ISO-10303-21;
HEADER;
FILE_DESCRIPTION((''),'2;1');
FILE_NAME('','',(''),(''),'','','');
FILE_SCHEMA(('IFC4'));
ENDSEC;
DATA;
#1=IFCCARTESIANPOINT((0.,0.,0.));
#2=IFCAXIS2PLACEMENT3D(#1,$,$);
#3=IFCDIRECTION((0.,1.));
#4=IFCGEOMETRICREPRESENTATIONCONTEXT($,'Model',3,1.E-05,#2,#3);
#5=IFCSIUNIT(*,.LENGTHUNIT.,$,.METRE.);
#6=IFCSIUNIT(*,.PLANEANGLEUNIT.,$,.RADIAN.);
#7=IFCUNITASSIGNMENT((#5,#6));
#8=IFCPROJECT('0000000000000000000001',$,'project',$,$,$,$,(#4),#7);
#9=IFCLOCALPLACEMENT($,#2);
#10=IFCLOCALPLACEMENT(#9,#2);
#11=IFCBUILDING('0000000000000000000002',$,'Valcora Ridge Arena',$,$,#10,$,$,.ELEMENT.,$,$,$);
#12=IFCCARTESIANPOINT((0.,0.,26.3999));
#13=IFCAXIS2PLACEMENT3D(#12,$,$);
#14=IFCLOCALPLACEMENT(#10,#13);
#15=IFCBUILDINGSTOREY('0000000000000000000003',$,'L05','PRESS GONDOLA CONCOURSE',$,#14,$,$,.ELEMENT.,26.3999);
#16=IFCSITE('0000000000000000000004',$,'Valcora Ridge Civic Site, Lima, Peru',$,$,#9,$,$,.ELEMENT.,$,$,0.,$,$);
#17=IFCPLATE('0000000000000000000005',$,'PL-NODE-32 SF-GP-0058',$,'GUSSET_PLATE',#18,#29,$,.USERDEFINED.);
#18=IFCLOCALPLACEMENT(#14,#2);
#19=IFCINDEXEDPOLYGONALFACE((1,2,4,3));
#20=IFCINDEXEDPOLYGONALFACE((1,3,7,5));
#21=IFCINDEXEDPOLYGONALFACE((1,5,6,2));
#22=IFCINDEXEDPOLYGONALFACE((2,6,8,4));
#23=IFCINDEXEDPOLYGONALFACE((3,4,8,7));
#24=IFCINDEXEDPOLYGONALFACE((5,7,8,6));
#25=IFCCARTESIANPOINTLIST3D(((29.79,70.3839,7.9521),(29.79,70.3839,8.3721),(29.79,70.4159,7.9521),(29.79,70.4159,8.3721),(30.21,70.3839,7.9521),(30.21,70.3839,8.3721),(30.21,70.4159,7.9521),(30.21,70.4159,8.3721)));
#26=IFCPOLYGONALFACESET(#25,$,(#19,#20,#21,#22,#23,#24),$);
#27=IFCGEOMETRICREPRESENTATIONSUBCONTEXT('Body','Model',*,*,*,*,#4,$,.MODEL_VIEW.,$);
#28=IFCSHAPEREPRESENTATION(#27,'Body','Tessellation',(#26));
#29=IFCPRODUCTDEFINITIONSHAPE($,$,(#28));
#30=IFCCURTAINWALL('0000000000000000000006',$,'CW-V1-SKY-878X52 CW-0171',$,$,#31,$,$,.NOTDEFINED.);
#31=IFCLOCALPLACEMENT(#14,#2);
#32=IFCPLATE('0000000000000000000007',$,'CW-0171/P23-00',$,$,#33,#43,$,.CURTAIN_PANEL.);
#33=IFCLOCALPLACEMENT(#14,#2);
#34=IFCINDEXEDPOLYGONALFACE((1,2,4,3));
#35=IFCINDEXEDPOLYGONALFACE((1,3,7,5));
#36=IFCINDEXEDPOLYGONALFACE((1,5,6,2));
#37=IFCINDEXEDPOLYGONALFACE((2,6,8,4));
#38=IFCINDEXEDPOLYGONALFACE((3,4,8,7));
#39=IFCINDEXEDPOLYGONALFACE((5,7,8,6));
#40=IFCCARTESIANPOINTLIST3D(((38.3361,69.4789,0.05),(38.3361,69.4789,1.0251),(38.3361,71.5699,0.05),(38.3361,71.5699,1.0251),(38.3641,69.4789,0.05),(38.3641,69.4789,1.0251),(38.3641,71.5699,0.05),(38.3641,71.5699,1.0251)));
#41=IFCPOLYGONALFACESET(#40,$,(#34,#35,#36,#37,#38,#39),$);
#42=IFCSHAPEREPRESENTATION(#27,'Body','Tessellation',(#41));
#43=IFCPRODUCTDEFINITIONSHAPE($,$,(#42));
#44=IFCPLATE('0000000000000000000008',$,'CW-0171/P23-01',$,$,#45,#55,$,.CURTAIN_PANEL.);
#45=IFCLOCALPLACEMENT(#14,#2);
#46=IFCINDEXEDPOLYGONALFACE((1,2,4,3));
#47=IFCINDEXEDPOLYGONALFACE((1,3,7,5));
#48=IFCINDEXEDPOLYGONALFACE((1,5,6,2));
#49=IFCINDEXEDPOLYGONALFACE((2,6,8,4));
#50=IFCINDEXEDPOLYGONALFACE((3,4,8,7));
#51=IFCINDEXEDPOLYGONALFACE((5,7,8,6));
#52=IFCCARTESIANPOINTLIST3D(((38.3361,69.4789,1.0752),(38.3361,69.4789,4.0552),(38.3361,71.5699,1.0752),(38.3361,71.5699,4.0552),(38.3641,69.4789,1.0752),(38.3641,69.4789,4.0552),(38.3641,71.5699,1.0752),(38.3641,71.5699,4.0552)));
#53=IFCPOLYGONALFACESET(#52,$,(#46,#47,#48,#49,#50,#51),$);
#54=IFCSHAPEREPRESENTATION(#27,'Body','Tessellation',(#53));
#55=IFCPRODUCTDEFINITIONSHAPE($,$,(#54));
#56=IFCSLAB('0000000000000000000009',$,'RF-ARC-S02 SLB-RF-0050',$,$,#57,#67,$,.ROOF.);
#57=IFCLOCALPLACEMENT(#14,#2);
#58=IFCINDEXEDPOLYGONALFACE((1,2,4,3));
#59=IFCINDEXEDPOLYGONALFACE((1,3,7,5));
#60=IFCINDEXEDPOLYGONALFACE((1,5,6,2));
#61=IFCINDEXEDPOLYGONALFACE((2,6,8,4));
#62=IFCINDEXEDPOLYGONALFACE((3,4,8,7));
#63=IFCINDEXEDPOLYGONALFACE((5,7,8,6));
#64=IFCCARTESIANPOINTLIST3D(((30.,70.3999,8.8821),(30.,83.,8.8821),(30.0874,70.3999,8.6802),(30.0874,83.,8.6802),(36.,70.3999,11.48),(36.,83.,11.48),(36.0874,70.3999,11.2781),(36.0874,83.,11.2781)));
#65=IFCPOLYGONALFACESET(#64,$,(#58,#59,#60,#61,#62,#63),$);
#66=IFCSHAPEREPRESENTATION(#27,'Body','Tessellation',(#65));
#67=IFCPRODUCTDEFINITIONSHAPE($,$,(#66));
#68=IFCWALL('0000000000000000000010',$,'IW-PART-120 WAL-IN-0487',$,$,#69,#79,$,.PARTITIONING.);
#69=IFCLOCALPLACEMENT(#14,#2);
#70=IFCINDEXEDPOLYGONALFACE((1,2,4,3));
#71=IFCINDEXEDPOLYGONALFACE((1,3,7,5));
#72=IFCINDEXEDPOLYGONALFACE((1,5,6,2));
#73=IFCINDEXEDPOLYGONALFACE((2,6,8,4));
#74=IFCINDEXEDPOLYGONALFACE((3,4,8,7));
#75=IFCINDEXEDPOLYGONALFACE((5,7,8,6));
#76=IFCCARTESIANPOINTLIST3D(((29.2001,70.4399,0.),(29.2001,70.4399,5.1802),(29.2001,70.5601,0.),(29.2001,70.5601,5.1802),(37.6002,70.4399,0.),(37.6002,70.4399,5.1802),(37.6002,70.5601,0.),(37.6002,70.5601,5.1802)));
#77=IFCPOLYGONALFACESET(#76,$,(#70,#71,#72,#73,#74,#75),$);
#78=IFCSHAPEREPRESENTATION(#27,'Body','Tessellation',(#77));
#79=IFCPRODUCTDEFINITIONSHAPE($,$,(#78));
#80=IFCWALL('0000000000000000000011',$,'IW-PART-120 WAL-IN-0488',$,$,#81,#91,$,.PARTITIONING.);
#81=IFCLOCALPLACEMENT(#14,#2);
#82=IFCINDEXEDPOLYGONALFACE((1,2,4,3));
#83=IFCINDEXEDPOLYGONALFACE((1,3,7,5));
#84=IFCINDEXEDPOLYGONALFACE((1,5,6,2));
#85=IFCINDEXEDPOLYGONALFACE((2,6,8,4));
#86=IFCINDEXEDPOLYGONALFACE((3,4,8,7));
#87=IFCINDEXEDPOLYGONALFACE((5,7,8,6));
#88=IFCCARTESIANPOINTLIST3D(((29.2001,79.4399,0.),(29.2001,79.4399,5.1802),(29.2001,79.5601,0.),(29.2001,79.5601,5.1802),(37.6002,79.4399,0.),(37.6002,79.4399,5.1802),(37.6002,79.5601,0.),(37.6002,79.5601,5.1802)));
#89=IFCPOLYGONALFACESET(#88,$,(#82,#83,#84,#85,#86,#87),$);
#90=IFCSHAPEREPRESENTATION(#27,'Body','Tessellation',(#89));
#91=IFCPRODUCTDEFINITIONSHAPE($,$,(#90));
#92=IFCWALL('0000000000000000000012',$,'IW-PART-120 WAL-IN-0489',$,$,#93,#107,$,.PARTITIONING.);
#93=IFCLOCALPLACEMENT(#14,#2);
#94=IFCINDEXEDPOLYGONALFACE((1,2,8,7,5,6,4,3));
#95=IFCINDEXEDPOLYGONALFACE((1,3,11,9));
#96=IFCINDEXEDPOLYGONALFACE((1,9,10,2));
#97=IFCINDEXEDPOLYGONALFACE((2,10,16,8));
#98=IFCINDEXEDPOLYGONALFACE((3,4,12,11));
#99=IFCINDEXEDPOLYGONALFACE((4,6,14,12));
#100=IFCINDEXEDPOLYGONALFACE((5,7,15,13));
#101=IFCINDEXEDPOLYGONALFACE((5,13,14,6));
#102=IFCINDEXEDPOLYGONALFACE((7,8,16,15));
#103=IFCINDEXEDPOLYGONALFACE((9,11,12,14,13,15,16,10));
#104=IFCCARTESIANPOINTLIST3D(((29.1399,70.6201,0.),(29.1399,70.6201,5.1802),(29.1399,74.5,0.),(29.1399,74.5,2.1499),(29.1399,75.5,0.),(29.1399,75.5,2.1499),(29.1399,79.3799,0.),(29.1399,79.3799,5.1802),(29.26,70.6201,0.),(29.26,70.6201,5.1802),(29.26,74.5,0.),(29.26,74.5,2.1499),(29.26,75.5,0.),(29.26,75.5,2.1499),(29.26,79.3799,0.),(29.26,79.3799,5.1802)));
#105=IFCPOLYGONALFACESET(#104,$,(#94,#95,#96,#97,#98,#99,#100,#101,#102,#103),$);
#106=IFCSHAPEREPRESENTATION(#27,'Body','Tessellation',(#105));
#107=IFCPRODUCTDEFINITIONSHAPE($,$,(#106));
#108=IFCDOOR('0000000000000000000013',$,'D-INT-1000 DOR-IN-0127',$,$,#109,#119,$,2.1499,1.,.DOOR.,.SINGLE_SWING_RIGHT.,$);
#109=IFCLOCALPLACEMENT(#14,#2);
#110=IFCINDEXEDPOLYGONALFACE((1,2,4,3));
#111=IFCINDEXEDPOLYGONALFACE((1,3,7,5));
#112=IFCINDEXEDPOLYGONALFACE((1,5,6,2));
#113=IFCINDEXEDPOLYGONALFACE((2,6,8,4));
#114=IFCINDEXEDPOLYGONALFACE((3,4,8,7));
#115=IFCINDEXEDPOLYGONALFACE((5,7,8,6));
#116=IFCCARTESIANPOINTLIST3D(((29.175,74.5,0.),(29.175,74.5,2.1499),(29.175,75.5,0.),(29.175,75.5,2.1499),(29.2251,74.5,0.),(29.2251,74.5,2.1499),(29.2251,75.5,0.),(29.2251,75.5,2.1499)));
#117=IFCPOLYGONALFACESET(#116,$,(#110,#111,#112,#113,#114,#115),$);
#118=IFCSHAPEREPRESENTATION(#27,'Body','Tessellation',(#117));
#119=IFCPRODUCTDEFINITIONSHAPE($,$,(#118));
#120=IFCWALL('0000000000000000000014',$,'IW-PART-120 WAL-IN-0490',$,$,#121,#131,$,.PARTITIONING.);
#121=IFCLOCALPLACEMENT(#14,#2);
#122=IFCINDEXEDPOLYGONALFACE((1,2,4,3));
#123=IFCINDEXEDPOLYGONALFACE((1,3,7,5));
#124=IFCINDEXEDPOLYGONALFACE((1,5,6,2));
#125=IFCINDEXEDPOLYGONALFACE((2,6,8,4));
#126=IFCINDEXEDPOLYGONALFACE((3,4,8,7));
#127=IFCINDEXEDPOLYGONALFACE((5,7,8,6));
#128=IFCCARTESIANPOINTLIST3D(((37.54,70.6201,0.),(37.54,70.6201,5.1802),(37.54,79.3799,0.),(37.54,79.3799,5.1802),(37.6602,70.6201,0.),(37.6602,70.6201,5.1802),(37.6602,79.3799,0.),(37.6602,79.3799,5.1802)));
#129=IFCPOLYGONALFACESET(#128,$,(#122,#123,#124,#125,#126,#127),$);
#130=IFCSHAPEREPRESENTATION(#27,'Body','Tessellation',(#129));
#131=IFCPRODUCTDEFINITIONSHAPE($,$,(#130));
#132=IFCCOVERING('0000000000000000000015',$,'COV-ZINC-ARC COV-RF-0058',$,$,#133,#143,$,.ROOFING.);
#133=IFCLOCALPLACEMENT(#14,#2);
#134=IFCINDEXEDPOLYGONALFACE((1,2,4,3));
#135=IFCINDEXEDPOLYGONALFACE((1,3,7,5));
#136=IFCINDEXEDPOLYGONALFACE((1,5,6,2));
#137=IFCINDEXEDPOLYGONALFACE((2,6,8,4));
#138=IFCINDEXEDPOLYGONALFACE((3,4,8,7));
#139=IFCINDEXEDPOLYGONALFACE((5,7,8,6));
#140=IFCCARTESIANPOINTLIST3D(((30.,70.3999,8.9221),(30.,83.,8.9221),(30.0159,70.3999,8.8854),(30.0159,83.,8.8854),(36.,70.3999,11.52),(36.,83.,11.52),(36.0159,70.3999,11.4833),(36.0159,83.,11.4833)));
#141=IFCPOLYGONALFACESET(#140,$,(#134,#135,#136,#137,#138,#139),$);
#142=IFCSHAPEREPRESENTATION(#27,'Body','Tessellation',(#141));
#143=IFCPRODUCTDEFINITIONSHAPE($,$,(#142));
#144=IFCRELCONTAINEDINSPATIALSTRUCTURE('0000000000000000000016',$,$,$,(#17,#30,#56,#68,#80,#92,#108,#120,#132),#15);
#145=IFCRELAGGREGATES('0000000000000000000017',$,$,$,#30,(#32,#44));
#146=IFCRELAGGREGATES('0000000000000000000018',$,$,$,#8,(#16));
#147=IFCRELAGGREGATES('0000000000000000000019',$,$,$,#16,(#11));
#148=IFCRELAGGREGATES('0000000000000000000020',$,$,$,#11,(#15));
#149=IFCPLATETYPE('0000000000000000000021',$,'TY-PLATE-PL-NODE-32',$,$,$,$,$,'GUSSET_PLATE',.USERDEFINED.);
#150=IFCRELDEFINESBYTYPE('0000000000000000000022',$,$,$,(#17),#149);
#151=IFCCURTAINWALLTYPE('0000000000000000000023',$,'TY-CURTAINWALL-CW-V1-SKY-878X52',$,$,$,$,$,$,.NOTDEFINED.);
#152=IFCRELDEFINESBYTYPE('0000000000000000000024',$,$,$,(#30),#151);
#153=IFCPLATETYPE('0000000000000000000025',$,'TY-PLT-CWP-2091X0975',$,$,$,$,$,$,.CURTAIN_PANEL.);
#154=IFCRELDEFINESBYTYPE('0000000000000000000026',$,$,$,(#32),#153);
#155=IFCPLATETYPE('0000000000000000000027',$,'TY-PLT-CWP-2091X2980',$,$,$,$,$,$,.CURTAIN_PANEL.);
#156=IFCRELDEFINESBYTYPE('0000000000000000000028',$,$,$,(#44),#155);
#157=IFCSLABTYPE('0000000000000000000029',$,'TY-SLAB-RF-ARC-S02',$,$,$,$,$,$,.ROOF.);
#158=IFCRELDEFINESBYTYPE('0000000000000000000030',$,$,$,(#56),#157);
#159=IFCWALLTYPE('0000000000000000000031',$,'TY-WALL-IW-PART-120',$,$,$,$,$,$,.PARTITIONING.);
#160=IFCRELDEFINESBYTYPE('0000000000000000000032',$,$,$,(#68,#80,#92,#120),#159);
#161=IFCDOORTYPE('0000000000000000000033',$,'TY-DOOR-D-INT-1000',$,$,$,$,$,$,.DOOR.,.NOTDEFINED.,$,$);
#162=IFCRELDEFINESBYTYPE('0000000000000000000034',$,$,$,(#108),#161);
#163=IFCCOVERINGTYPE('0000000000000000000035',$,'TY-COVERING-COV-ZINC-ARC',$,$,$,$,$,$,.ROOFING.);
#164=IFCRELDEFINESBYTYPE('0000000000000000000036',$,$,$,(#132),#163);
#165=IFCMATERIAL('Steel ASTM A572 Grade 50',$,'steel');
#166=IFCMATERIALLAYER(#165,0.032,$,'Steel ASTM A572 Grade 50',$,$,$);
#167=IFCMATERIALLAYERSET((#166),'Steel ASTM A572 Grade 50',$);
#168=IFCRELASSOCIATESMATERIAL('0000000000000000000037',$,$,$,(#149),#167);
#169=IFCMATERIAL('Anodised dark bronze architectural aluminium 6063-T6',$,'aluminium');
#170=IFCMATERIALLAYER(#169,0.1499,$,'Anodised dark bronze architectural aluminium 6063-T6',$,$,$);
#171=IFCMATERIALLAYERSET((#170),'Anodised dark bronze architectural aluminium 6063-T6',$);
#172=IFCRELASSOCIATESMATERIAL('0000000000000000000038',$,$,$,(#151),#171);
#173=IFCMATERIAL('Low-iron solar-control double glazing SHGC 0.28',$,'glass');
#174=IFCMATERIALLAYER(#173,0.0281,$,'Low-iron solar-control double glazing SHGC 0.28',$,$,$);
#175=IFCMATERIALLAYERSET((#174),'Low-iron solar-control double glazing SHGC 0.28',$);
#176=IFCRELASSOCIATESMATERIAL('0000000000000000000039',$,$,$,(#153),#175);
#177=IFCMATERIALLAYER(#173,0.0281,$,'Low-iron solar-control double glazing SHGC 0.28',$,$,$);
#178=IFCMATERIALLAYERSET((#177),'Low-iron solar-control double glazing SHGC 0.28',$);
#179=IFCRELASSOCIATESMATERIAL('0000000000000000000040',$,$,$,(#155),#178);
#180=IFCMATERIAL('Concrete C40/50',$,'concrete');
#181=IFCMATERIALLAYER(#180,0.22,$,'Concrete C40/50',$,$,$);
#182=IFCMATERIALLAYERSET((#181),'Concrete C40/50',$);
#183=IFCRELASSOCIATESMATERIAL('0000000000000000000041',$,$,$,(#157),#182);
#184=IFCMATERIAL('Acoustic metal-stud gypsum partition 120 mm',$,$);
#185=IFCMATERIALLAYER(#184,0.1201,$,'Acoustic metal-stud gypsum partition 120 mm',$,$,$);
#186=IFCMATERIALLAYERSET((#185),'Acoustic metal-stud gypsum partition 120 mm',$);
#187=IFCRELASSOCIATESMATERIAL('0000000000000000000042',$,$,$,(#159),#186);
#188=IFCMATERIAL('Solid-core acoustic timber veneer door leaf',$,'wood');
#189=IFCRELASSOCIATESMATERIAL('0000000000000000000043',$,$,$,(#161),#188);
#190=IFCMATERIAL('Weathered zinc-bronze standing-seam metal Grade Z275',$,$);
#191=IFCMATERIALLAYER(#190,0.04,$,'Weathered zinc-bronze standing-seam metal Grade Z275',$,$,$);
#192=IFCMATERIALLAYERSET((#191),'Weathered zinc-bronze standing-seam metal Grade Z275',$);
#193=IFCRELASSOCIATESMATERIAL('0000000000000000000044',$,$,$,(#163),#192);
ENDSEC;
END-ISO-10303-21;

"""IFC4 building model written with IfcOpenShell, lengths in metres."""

from ifc_helpers import new_model, si_unit, direction, frame, frame_2d, origin, origin_2d, place, context, subcontext, project, spatial, polyline, rectangle, outline, extrude, material, layer, layer_set, type_object, element, fill, aggregate, save


model = new_model("IFC4")

# Units and contexts
model_context = context("Model", 3, precision=1e-05, world=origin(), true_north=direction((0.0, 1.0)))
body_context = subcontext(model_context, "Body", "Model", "MODEL_VIEW")
ifc_project = project(units=[si_unit("LENGTHUNIT", "METRE"), si_unit("PLANEANGLEUNIT", "RADIAN")], contexts=[model_context])

# Site, building, storey
site_placement = place(None, origin())
site = spatial("IfcSite", under=ifc_project, at=site_placement, Name="Valcora Ridge Civic Site, Lima, Peru", CompositionType="ELEMENT", RefElevation=0.0)
building_placement = place(site_placement, origin())
building = spatial("IfcBuilding", under=site, at=building_placement, Name="Valcora Ridge Arena", CompositionType="ELEMENT")
storey_placement = place(building_placement, frame((0.0, 0.0, 26.3999)))
storey = spatial("IfcBuildingStorey", under=building, at=storey_placement, Name="L05", Description="PRESS GONDOLA CONCOURSE", CompositionType="ELEMENT", Elevation=26.3999)

# Shared definitions
ifc_material_1 = material(Name="Steel ASTM A572 Grade 50", Category="steel")

# Plate
ifc_layer_1 = layer(ifc_material_1, 0.032, Name="Steel ASTM A572 Grade 50")
ifc_layer_set_1 = layer_set([ifc_layer_1], Name="Steel ASTM A572 Grade 50")
plate_type_1 = type_object("IfcPlateType", Name="TY-PLATE-PL-NODE-32", ElementType="GUSSET_PLATE", PredefinedType="USERDEFINED", material=ifc_layer_set_1)
plate_1_placement = place(storey_placement, frame((30.0, 70.3999, 7.9521), z_axis=(0.0, 0.0, 1.0), x_axis=(1.0, 0.0, 0.0)))
element("IfcPlate", 1, at=plate_1_placement, inside=storey, type_object=plate_type_1, Name="PL-NODE-32 SF-GP-0058", ObjectType="GUSSET_PLATE", PredefinedType="USERDEFINED", context=body_context, shape_type="SweptSolid", body=[
    extrude(rectangle(XDim=0.4199, YDim=0.032, at=origin_2d()), origin(), (0.0, 0.0, 1.0), 0.4199),
])

# Curtain wall, plates
ifc_material_2 = material(Name="Anodised dark bronze architectural aluminium 6063-T6", Category="aluminium")
ifc_layer_2 = layer(ifc_material_2, 0.1499, Name="Anodised dark bronze architectural aluminium 6063-T6")
ifc_layer_set_2 = layer_set([ifc_layer_2], Name="Anodised dark bronze architectural aluminium 6063-T6")
curtain_wall_type = type_object("IfcCurtainWallType", Name="TY-CURTAINWALL-CW-V1-SKY-878X52", PredefinedType="NOTDEFINED", material=ifc_layer_set_2)
curtain_wall_placement = place(storey_placement, origin())
curtain_wall = element("IfcCurtainWall", 2, at=curtain_wall_placement, inside=storey, type_object=curtain_wall_type, Name="CW-V1-SKY-878X52 CW-0171", PredefinedType="NOTDEFINED")
ifc_material_3 = material(Name="Low-iron solar-control double glazing SHGC 0.28", Category="glass")
ifc_layer_3 = layer(ifc_material_3, 0.0281, Name="Low-iron solar-control double glazing SHGC 0.28")
ifc_layer_set_3 = layer_set([ifc_layer_3], Name="Low-iron solar-control double glazing SHGC 0.28")
plate_type_2 = type_object("IfcPlateType", Name="TY-PLT-CWP-2091X0975", PredefinedType="CURTAIN_PANEL", material=ifc_layer_set_3)
plate_2_placement = place(storey_placement, frame((38.3501, 70.5244, 0.05), z_axis=(0.0, 0.0, 1.0), x_axis=(0.0, 1.0, 0.0)))
plate_2 = element("IfcPlate", 3, at=plate_2_placement, type_object=plate_type_2, Name="CW-0171/P23-00", PredefinedType="CURTAIN_PANEL", context=body_context, shape_type="SweptSolid", body=[
    extrude(rectangle(XDim=2.0911, YDim=0.0281, at=origin_2d()), origin(), (0.0, 0.0, 1.0), 0.9751),
])
ifc_layer_4 = layer(ifc_material_3, 0.0281, Name="Low-iron solar-control double glazing SHGC 0.28")
ifc_layer_set_4 = layer_set([ifc_layer_4], Name="Low-iron solar-control double glazing SHGC 0.28")
plate_type_3 = type_object("IfcPlateType", Name="TY-PLT-CWP-2091X2980", PredefinedType="CURTAIN_PANEL", material=ifc_layer_set_4)
plate_3_placement = place(storey_placement, frame((38.3501, 70.5244, 1.0752), z_axis=(0.0, 0.0, 1.0), x_axis=(0.0, 1.0, 0.0)))
plate_3 = element("IfcPlate", 4, at=plate_3_placement, type_object=plate_type_3, Name="CW-0171/P23-01", PredefinedType="CURTAIN_PANEL", context=body_context, shape_type="SweptSolid", body=[
    extrude(rectangle(XDim=2.0911, YDim=0.0281, at=origin_2d()), origin(), (0.0, 0.0, 1.0), 2.98),
])
aggregate(curtain_wall, [plate_2, plate_3])

# Slab
ifc_material_4 = material(Name="Concrete C40/50", Category="concrete")
ifc_layer_5 = layer(ifc_material_4, 0.22, Name="Concrete C40/50")
ifc_layer_set_5 = layer_set([ifc_layer_5], Name="Concrete C40/50")
slab_type = type_object("IfcSlabType", Name="TY-SLAB-RF-ARC-S02", PredefinedType="ROOF", material=ifc_layer_set_5)
slab_placement = place(storey_placement, frame((30.0, 70.3999, 8.8821), z_axis=(-0.397337, 0.0, 0.917673), x_axis=(0.917673, 0.0, 0.397337)))
element("IfcSlab", 5, at=slab_placement, inside=storey, type_object=slab_type, Name="RF-ARC-S02 SLB-RF-0050", PredefinedType="ROOF", context=body_context, shape_type="SweptSolid", body=[
    extrude(outline(polyline([(0.0, 0.0), (6.5383, 0.0), (6.5383, 12.6001), (0.0, 12.6001), (0.0, 0.0)])), origin(), (0.0, 0.0, -1.0), 0.22),
])

# Walls
ifc_material_5 = material(Name="Acoustic metal-stud gypsum partition 120 mm")
ifc_layer_6 = layer(ifc_material_5, 0.1201, Name="Acoustic metal-stud gypsum partition 120 mm")
ifc_layer_set_6 = layer_set([ifc_layer_6], Name="Acoustic metal-stud gypsum partition 120 mm")
wall_type = type_object("IfcWallType", Name="TY-WALL-IW-PART-120", PredefinedType="PARTITIONING", material=ifc_layer_set_6)
for number, where, z_axis, x_axis, name in (
    (6, (29.2, 70.5, 0.0), (0.0, 0.0, 1.0), (1.0, 0.0, 0.0), "IW-PART-120 WAL-IN-0487"),
    (7, (29.2, 79.5, 0.0), (0.0, 0.0, 1.0), (1.0, 0.0, 0.0), "IW-PART-120 WAL-IN-0488"),
):
    element("IfcWall", number, at=place(storey_placement, frame(where, z_axis=z_axis, x_axis=x_axis)), inside=storey, type_object=wall_type, Name=name, PredefinedType="PARTITIONING", context=body_context, shape_type="SweptSolid", body=[
        extrude(rectangle(XDim=8.4001, YDim=0.1201, at=frame_2d((4.2002, 0.0))), origin(), (0.0, 0.0, 1.0), 5.1802),
    ])

# Wall, opening, door
wall_1_placement = place(storey_placement, frame((29.2, 70.6201, 0.0), z_axis=(0.0, 0.0, 1.0), x_axis=(0.0, 1.0, 0.0)))
wall_1 = element("IfcWall", 8, at=wall_1_placement, inside=storey, type_object=wall_type, Name="IW-PART-120 WAL-IN-0489", PredefinedType="PARTITIONING", context=body_context, shape_type="SweptSolid", body=[
    extrude(rectangle(XDim=8.7598, YDim=0.1201, at=frame_2d((4.3799, 0.0))), origin(), (0.0, 0.0, 1.0), 5.1802),
])
opening_placement = place(wall_1_placement, frame((3.8799, 0.0, 0.0)))
opening = element("IfcOpeningElement", 9, at=opening_placement, cuts=wall_1, PredefinedType="OPENING", context=body_context, shape_type="SweptSolid", body=[
    extrude(rectangle(XDim=1.0, YDim=2.1499, at=frame_2d((0.5, 1.075))), frame((0.0, 0.0701, 0.0), z_axis=(0.0, -1.0, 0.0), x_axis=(1.0, 0.0, 0.0)), (0.0, 0.0, 1.0), 0.1401),
])
ifc_material_6 = material(Name="Solid-core acoustic timber veneer door leaf", Category="wood")
door_type = type_object("IfcDoorType", Name="TY-DOOR-D-INT-1000", OperationType="NOTDEFINED", PredefinedType="DOOR", material=ifc_material_6)
door_placement = place(opening_placement, origin())
door = element("IfcDoor", 10, at=door_placement, inside=storey, type_object=door_type, Name="D-INT-1000 DOR-IN-0127", OperationType="SINGLE_SWING_RIGHT", OverallHeight=2.1499, OverallWidth=1.0, PredefinedType="DOOR", context=body_context, shape_type="SweptSolid", body=[
    extrude(rectangle(XDim=1.0, YDim=2.1499, at=frame_2d((0.5, 1.075))), frame((0.0, 0.0249, 0.0), z_axis=(0.0, -1.0, 0.0), x_axis=(1.0, 0.0, 0.0)), (0.0, 0.0, 1.0), 0.05),
])
fill(opening, door)

# Wall
wall_2_placement = place(storey_placement, frame((37.6001, 70.6201, 0.0), z_axis=(0.0, 0.0, 1.0), x_axis=(0.0, 1.0, 0.0)))
element("IfcWall", 11, at=wall_2_placement, inside=storey, type_object=wall_type, Name="IW-PART-120 WAL-IN-0490", PredefinedType="PARTITIONING", context=body_context, shape_type="SweptSolid", body=[
    extrude(rectangle(XDim=8.7598, YDim=0.1201, at=frame_2d((4.3799, 0.0))), origin(), (0.0, 0.0, 1.0), 5.1802),
])

# Covering
ifc_material_7 = material(Name="Weathered zinc-bronze standing-seam metal Grade Z275")
ifc_layer_7 = layer(ifc_material_7, 0.04, Name="Weathered zinc-bronze standing-seam metal Grade Z275")
ifc_layer_set_7 = layer_set([ifc_layer_7], Name="Weathered zinc-bronze standing-seam metal Grade Z275")
covering_type = type_object("IfcCoveringType", Name="TY-COVERING-COV-ZINC-ARC", PredefinedType="ROOFING", material=ifc_layer_set_7)
covering_placement = place(storey_placement, frame((30.0, 70.3999, 8.9221), z_axis=(-0.397337, 0.0, 0.917673), x_axis=(0.917673, 0.0, 0.397337)))
element("IfcCovering", 12, at=covering_placement, inside=storey, type_object=covering_type, Name="COV-ZINC-ARC COV-RF-0058", PredefinedType="ROOFING", context=body_context, shape_type="SweptSolid", body=[
    extrude(outline(polyline([(0.0, 0.0), (6.5383, 0.0), (6.5383, 12.6001), (0.0, 12.6001), (0.0, 0.0)])), origin(), (0.0, 0.0, -1.0), 0.04),
])

save(model, "model.ifc")
